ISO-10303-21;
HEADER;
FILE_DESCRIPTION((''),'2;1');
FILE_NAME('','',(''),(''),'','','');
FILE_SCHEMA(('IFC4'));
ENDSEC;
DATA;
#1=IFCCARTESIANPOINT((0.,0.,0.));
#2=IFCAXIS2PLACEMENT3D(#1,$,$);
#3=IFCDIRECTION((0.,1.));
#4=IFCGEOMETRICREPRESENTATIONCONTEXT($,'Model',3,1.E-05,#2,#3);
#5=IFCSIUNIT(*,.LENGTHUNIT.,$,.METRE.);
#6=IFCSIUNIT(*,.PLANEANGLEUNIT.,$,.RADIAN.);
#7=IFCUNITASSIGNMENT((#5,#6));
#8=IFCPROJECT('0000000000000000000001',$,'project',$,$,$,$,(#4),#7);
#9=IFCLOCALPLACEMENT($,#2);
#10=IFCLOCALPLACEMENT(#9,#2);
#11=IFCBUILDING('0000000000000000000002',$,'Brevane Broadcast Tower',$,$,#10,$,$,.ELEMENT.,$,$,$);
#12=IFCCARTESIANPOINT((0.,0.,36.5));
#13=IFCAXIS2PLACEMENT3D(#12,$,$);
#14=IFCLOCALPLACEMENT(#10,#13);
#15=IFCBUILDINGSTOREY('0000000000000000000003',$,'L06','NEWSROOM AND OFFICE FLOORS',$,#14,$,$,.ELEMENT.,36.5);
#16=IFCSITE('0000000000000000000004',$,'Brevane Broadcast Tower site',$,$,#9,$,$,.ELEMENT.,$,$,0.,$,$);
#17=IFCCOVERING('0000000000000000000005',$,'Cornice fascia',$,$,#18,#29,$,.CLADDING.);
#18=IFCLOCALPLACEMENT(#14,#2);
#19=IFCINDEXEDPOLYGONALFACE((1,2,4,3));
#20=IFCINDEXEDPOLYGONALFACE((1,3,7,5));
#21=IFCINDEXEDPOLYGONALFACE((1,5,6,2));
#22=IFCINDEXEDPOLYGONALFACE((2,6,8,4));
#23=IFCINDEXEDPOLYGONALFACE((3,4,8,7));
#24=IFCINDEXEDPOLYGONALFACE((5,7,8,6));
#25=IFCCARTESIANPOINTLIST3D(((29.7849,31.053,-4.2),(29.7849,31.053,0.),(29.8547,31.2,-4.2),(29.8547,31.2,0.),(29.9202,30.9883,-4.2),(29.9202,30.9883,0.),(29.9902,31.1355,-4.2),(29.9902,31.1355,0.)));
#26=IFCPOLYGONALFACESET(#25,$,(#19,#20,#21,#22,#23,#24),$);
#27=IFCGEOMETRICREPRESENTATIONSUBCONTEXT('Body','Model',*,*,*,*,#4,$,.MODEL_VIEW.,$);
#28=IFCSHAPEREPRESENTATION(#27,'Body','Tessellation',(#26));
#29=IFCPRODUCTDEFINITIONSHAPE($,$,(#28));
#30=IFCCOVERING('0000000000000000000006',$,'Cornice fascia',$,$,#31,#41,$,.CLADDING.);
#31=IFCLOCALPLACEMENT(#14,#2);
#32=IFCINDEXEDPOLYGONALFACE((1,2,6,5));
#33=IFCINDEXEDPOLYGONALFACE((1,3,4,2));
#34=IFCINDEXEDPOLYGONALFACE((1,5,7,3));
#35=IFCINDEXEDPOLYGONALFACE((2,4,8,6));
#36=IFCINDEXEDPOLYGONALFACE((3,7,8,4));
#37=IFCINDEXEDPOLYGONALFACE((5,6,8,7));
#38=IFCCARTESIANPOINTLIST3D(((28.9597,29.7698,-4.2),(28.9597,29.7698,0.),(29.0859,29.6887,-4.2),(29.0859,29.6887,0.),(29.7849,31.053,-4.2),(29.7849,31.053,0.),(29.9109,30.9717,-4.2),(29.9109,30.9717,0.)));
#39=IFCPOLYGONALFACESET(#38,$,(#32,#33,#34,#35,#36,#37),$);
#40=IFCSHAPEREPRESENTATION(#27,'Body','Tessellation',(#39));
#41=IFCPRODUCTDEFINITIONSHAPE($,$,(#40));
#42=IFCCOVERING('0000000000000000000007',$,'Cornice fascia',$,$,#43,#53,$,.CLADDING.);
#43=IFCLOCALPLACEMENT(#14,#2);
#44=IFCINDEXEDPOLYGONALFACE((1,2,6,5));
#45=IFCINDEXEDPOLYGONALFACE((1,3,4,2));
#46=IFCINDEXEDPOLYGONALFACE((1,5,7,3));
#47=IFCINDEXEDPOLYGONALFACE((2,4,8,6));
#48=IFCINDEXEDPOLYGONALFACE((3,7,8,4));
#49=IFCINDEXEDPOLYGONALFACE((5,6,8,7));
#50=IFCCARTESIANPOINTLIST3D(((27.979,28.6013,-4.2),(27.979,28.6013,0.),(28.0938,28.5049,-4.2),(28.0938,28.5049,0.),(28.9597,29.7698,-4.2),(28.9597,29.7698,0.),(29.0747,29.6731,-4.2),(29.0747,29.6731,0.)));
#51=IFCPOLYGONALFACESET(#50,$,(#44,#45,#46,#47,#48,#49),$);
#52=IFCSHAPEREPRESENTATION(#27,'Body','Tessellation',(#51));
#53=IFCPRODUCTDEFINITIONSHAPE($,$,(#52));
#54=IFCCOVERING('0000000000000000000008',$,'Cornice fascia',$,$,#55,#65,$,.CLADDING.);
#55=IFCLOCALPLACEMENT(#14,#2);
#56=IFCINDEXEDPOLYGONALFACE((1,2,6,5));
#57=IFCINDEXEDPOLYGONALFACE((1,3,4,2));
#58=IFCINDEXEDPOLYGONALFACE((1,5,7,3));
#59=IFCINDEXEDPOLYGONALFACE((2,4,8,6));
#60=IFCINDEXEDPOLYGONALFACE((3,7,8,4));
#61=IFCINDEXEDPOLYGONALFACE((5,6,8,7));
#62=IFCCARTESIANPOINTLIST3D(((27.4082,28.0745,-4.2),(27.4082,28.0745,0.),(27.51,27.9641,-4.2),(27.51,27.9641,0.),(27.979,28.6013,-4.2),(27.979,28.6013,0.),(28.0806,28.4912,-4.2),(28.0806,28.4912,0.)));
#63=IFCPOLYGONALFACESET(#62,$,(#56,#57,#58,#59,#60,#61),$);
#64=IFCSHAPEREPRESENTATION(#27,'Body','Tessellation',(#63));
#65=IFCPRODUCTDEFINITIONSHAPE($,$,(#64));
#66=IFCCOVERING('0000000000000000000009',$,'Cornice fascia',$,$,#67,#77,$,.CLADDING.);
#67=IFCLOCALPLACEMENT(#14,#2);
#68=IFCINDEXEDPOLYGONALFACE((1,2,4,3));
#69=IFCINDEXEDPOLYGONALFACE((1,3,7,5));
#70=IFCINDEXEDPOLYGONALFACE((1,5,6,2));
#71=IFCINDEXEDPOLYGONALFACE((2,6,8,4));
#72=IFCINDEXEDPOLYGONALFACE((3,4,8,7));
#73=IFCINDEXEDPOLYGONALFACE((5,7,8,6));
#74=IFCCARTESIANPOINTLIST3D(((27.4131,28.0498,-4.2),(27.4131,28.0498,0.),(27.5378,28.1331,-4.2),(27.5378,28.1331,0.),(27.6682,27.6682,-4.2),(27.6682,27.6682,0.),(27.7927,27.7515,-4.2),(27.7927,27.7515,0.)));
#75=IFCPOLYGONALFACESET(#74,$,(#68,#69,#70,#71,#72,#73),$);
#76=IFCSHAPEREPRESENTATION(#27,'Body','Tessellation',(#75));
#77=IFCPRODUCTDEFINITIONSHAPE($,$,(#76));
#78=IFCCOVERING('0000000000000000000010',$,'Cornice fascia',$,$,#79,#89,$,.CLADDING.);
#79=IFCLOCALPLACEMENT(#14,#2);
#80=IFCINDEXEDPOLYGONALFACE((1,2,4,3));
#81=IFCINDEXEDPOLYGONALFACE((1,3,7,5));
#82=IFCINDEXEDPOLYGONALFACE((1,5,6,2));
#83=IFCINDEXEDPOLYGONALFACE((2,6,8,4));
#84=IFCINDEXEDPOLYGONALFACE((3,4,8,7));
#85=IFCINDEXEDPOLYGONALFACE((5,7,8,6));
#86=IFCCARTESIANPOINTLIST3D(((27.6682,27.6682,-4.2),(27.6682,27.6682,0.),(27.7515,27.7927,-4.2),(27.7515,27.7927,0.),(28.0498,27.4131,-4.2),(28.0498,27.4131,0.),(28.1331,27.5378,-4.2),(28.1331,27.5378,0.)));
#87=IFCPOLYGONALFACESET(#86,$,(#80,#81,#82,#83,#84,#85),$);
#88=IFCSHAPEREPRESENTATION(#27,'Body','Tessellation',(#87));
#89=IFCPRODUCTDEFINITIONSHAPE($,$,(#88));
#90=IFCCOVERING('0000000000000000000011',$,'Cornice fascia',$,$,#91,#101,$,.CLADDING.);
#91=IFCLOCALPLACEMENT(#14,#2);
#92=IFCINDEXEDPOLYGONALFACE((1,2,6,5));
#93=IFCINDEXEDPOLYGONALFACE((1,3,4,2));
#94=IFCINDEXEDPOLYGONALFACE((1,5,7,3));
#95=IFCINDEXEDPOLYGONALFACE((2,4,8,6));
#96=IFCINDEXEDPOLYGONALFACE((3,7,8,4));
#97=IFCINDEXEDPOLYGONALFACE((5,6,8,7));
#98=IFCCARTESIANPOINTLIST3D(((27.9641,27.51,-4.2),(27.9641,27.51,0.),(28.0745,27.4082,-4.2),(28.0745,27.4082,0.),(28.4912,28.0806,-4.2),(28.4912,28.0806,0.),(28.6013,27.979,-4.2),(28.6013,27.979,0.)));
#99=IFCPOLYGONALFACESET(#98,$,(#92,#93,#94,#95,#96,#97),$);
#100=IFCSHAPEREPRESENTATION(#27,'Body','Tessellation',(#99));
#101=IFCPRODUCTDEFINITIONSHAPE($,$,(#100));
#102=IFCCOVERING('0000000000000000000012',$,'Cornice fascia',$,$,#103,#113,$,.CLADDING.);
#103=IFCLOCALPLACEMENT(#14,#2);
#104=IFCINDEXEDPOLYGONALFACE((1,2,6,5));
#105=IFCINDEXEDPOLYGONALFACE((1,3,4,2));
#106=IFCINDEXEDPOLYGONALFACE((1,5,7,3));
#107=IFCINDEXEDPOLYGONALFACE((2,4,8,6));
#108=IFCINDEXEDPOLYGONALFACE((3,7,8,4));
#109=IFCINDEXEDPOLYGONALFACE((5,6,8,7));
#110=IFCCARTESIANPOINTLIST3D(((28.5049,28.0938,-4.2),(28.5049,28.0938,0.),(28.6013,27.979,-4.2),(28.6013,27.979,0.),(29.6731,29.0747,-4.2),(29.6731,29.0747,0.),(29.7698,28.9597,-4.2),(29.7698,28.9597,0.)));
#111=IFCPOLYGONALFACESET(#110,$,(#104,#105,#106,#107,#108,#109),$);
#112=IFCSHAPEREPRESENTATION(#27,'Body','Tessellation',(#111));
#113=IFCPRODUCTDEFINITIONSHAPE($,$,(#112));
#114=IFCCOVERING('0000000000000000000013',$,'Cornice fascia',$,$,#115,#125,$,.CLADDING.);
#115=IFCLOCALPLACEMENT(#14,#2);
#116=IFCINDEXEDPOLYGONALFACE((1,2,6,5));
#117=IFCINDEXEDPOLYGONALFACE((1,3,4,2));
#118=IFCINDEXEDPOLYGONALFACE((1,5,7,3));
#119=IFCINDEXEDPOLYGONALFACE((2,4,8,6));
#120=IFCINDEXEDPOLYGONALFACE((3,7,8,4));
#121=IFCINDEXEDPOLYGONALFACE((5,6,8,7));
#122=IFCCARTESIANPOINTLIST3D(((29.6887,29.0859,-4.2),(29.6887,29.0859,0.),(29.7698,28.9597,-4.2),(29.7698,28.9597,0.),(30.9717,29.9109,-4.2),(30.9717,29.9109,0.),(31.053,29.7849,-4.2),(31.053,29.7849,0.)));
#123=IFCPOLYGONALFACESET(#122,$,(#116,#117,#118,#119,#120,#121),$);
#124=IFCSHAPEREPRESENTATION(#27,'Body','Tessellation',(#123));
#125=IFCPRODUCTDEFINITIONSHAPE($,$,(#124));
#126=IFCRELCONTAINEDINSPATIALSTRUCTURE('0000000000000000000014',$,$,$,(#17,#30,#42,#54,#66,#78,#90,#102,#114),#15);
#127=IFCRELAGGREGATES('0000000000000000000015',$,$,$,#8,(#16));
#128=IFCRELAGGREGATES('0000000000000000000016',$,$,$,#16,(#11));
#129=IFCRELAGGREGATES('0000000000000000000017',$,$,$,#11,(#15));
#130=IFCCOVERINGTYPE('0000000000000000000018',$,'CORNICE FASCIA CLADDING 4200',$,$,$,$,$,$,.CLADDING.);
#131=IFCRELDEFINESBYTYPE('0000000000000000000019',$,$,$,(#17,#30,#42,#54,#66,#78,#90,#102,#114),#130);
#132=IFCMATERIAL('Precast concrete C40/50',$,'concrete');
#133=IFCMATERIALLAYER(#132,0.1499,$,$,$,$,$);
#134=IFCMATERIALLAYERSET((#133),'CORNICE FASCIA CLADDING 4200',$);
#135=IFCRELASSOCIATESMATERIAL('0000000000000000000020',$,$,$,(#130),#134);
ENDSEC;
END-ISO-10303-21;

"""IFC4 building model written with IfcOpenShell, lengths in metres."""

from ifc_helpers import new_model, si_unit, direction, frame, origin, place, context, subcontext, project, spatial, polyline, outline, extrude, material, layer, layer_set, type_object, element, save


model = new_model("IFC4")

# Units and contexts
model_context = context("Model", 3, precision=1e-05, world=origin(), true_north=direction((0.0, 1.0)))
body_context = subcontext(model_context, "Body", "Model", "MODEL_VIEW")
ifc_project = project(units=[si_unit("LENGTHUNIT", "METRE"), si_unit("PLANEANGLEUNIT", "RADIAN")], contexts=[model_context])

# Site, building, storey
site_placement = place(None, origin())
site = spatial("IfcSite", under=ifc_project, at=site_placement, Name="Brevane Broadcast Tower site", CompositionType="ELEMENT", RefElevation=0.0)
building_placement = place(site_placement, origin())
building = spatial("IfcBuilding", under=site, at=building_placement, Name="Brevane Broadcast Tower", CompositionType="ELEMENT")
storey_placement = place(building_placement, frame((0.0, 0.0, 36.5)))
storey = spatial("IfcBuildingStorey", under=building, at=storey_placement, Name="L06", Description="NEWSROOM AND OFFICE FLOORS", CompositionType="ELEMENT", Elevation=36.5)

# Coverings
ifc_material_1 = material(Name="Precast concrete C40/50", Category="concrete")
ifc_layer_1 = layer(ifc_material_1, 0.1499)
ifc_layer_set_1 = layer_set([ifc_layer_1], Name="CORNICE FASCIA CLADDING 4200")
covering_type = type_object("IfcCoveringType", Name="CORNICE FASCIA CLADDING 4200", PredefinedType="CLADDING", material=ifc_layer_set_1)
covering_1_placement = place(storey_placement, frame((0.0, 0.0, -4.2)))
element("IfcCovering", 1, at=covering_1_placement, inside=storey, type_object=covering_type, Name="Cornice fascia", PredefinedType="CLADDING", context=body_context, shape_type="SweptSolid", body=[
    extrude(outline(polyline([(29.8547, 31.2), (29.7849, 31.053), (29.9202, 30.9883), (29.9902, 31.1355), (29.8547, 31.2)])), origin(), (0.0, 0.0, 1.0), 4.2),
])
covering_2_placement = place(storey_placement, frame((0.0, 0.0, -4.2)))
element("IfcCovering", 2, at=covering_2_placement, inside=storey, type_object=covering_type, Name="Cornice fascia", PredefinedType="CLADDING", context=body_context, shape_type="SweptSolid", body=[
    extrude(outline(polyline([(29.7849, 31.053), (28.9597, 29.7698), (29.0859, 29.6887), (29.9109, 30.9717), (29.7849, 31.053)])), origin(), (0.0, 0.0, 1.0), 4.2),
])
covering_3_placement = place(storey_placement, frame((0.0, 0.0, -4.2)))
element("IfcCovering", 3, at=covering_3_placement, inside=storey, type_object=covering_type, Name="Cornice fascia", PredefinedType="CLADDING", context=body_context, shape_type="SweptSolid", body=[
    extrude(outline(polyline([(28.9597, 29.7698), (27.979, 28.6013), (28.0938, 28.5049), (29.0747, 29.6731), (28.9597, 29.7698)])), origin(), (0.0, 0.0, 1.0), 4.2),
])
covering_4_placement = place(storey_placement, frame((0.0, 0.0, -4.2)))
element("IfcCovering", 4, at=covering_4_placement, inside=storey, type_object=covering_type, Name="Cornice fascia", PredefinedType="CLADDING", context=body_context, shape_type="SweptSolid", body=[
    extrude(outline(polyline([(27.979, 28.6013), (27.4082, 28.0745), (27.51, 27.9641), (28.0806, 28.4912), (27.979, 28.6013)])), origin(), (0.0, 0.0, 1.0), 4.2),
])
covering_5_placement = place(storey_placement, frame((0.0, 0.0, -4.2)))
element("IfcCovering", 5, at=covering_5_placement, inside=storey, type_object=covering_type, Name="Cornice fascia", PredefinedType="CLADDING", context=body_context, shape_type="SweptSolid", body=[
    extrude(outline(polyline([(27.4131, 28.0498), (27.6682, 27.6682), (27.7927, 27.7515), (27.5378, 28.1331), (27.4131, 28.0498)])), origin(), (0.0, 0.0, 1.0), 4.2),
])
covering_6_placement = place(storey_placement, frame((0.0, 0.0, -4.2)))
element("IfcCovering", 6, at=covering_6_placement, inside=storey, type_object=covering_type, Name="Cornice fascia", PredefinedType="CLADDING", context=body_context, shape_type="SweptSolid", body=[
    extrude(outline(polyline([(27.6682, 27.6682), (28.0498, 27.4131), (28.1331, 27.5378), (27.7515, 27.7927), (27.6682, 27.6682)])), origin(), (0.0, 0.0, 1.0), 4.2),
])
covering_7_placement = place(storey_placement, frame((0.0, 0.0, -4.2)))
element("IfcCovering", 7, at=covering_7_placement, inside=storey, type_object=covering_type, Name="Cornice fascia", PredefinedType="CLADDING", context=body_context, shape_type="SweptSolid", body=[
    extrude(outline(polyline([(28.0745, 27.4082), (28.6013, 27.979), (28.4912, 28.0806), (27.9641, 27.51), (28.0745, 27.4082)])), origin(), (0.0, 0.0, 1.0), 4.2),
])
covering_8_placement = place(storey_placement, frame((0.0, 0.0, -4.2)))
element("IfcCovering", 8, at=covering_8_placement, inside=storey, type_object=covering_type, Name="Cornice fascia", PredefinedType="CLADDING", context=body_context, shape_type="SweptSolid", body=[
    extrude(outline(polyline([(28.6013, 27.979), (29.7698, 28.9597), (29.6731, 29.0747), (28.5049, 28.0938), (28.6013, 27.979)])), origin(), (0.0, 0.0, 1.0), 4.2),
])
covering_9_placement = place(storey_placement, frame((0.0, 0.0, -4.2)))
element("IfcCovering", 9, at=covering_9_placement, inside=storey, type_object=covering_type, Name="Cornice fascia", PredefinedType="CLADDING", context=body_context, shape_type="SweptSolid", body=[
    extrude(outline(polyline([(29.7698, 28.9597), (31.053, 29.7849), (30.9717, 29.9109), (29.6887, 29.0859), (29.7698, 28.9597)])), origin(), (0.0, 0.0, 1.0), 4.2),
])

save(model, "model.ifc")
